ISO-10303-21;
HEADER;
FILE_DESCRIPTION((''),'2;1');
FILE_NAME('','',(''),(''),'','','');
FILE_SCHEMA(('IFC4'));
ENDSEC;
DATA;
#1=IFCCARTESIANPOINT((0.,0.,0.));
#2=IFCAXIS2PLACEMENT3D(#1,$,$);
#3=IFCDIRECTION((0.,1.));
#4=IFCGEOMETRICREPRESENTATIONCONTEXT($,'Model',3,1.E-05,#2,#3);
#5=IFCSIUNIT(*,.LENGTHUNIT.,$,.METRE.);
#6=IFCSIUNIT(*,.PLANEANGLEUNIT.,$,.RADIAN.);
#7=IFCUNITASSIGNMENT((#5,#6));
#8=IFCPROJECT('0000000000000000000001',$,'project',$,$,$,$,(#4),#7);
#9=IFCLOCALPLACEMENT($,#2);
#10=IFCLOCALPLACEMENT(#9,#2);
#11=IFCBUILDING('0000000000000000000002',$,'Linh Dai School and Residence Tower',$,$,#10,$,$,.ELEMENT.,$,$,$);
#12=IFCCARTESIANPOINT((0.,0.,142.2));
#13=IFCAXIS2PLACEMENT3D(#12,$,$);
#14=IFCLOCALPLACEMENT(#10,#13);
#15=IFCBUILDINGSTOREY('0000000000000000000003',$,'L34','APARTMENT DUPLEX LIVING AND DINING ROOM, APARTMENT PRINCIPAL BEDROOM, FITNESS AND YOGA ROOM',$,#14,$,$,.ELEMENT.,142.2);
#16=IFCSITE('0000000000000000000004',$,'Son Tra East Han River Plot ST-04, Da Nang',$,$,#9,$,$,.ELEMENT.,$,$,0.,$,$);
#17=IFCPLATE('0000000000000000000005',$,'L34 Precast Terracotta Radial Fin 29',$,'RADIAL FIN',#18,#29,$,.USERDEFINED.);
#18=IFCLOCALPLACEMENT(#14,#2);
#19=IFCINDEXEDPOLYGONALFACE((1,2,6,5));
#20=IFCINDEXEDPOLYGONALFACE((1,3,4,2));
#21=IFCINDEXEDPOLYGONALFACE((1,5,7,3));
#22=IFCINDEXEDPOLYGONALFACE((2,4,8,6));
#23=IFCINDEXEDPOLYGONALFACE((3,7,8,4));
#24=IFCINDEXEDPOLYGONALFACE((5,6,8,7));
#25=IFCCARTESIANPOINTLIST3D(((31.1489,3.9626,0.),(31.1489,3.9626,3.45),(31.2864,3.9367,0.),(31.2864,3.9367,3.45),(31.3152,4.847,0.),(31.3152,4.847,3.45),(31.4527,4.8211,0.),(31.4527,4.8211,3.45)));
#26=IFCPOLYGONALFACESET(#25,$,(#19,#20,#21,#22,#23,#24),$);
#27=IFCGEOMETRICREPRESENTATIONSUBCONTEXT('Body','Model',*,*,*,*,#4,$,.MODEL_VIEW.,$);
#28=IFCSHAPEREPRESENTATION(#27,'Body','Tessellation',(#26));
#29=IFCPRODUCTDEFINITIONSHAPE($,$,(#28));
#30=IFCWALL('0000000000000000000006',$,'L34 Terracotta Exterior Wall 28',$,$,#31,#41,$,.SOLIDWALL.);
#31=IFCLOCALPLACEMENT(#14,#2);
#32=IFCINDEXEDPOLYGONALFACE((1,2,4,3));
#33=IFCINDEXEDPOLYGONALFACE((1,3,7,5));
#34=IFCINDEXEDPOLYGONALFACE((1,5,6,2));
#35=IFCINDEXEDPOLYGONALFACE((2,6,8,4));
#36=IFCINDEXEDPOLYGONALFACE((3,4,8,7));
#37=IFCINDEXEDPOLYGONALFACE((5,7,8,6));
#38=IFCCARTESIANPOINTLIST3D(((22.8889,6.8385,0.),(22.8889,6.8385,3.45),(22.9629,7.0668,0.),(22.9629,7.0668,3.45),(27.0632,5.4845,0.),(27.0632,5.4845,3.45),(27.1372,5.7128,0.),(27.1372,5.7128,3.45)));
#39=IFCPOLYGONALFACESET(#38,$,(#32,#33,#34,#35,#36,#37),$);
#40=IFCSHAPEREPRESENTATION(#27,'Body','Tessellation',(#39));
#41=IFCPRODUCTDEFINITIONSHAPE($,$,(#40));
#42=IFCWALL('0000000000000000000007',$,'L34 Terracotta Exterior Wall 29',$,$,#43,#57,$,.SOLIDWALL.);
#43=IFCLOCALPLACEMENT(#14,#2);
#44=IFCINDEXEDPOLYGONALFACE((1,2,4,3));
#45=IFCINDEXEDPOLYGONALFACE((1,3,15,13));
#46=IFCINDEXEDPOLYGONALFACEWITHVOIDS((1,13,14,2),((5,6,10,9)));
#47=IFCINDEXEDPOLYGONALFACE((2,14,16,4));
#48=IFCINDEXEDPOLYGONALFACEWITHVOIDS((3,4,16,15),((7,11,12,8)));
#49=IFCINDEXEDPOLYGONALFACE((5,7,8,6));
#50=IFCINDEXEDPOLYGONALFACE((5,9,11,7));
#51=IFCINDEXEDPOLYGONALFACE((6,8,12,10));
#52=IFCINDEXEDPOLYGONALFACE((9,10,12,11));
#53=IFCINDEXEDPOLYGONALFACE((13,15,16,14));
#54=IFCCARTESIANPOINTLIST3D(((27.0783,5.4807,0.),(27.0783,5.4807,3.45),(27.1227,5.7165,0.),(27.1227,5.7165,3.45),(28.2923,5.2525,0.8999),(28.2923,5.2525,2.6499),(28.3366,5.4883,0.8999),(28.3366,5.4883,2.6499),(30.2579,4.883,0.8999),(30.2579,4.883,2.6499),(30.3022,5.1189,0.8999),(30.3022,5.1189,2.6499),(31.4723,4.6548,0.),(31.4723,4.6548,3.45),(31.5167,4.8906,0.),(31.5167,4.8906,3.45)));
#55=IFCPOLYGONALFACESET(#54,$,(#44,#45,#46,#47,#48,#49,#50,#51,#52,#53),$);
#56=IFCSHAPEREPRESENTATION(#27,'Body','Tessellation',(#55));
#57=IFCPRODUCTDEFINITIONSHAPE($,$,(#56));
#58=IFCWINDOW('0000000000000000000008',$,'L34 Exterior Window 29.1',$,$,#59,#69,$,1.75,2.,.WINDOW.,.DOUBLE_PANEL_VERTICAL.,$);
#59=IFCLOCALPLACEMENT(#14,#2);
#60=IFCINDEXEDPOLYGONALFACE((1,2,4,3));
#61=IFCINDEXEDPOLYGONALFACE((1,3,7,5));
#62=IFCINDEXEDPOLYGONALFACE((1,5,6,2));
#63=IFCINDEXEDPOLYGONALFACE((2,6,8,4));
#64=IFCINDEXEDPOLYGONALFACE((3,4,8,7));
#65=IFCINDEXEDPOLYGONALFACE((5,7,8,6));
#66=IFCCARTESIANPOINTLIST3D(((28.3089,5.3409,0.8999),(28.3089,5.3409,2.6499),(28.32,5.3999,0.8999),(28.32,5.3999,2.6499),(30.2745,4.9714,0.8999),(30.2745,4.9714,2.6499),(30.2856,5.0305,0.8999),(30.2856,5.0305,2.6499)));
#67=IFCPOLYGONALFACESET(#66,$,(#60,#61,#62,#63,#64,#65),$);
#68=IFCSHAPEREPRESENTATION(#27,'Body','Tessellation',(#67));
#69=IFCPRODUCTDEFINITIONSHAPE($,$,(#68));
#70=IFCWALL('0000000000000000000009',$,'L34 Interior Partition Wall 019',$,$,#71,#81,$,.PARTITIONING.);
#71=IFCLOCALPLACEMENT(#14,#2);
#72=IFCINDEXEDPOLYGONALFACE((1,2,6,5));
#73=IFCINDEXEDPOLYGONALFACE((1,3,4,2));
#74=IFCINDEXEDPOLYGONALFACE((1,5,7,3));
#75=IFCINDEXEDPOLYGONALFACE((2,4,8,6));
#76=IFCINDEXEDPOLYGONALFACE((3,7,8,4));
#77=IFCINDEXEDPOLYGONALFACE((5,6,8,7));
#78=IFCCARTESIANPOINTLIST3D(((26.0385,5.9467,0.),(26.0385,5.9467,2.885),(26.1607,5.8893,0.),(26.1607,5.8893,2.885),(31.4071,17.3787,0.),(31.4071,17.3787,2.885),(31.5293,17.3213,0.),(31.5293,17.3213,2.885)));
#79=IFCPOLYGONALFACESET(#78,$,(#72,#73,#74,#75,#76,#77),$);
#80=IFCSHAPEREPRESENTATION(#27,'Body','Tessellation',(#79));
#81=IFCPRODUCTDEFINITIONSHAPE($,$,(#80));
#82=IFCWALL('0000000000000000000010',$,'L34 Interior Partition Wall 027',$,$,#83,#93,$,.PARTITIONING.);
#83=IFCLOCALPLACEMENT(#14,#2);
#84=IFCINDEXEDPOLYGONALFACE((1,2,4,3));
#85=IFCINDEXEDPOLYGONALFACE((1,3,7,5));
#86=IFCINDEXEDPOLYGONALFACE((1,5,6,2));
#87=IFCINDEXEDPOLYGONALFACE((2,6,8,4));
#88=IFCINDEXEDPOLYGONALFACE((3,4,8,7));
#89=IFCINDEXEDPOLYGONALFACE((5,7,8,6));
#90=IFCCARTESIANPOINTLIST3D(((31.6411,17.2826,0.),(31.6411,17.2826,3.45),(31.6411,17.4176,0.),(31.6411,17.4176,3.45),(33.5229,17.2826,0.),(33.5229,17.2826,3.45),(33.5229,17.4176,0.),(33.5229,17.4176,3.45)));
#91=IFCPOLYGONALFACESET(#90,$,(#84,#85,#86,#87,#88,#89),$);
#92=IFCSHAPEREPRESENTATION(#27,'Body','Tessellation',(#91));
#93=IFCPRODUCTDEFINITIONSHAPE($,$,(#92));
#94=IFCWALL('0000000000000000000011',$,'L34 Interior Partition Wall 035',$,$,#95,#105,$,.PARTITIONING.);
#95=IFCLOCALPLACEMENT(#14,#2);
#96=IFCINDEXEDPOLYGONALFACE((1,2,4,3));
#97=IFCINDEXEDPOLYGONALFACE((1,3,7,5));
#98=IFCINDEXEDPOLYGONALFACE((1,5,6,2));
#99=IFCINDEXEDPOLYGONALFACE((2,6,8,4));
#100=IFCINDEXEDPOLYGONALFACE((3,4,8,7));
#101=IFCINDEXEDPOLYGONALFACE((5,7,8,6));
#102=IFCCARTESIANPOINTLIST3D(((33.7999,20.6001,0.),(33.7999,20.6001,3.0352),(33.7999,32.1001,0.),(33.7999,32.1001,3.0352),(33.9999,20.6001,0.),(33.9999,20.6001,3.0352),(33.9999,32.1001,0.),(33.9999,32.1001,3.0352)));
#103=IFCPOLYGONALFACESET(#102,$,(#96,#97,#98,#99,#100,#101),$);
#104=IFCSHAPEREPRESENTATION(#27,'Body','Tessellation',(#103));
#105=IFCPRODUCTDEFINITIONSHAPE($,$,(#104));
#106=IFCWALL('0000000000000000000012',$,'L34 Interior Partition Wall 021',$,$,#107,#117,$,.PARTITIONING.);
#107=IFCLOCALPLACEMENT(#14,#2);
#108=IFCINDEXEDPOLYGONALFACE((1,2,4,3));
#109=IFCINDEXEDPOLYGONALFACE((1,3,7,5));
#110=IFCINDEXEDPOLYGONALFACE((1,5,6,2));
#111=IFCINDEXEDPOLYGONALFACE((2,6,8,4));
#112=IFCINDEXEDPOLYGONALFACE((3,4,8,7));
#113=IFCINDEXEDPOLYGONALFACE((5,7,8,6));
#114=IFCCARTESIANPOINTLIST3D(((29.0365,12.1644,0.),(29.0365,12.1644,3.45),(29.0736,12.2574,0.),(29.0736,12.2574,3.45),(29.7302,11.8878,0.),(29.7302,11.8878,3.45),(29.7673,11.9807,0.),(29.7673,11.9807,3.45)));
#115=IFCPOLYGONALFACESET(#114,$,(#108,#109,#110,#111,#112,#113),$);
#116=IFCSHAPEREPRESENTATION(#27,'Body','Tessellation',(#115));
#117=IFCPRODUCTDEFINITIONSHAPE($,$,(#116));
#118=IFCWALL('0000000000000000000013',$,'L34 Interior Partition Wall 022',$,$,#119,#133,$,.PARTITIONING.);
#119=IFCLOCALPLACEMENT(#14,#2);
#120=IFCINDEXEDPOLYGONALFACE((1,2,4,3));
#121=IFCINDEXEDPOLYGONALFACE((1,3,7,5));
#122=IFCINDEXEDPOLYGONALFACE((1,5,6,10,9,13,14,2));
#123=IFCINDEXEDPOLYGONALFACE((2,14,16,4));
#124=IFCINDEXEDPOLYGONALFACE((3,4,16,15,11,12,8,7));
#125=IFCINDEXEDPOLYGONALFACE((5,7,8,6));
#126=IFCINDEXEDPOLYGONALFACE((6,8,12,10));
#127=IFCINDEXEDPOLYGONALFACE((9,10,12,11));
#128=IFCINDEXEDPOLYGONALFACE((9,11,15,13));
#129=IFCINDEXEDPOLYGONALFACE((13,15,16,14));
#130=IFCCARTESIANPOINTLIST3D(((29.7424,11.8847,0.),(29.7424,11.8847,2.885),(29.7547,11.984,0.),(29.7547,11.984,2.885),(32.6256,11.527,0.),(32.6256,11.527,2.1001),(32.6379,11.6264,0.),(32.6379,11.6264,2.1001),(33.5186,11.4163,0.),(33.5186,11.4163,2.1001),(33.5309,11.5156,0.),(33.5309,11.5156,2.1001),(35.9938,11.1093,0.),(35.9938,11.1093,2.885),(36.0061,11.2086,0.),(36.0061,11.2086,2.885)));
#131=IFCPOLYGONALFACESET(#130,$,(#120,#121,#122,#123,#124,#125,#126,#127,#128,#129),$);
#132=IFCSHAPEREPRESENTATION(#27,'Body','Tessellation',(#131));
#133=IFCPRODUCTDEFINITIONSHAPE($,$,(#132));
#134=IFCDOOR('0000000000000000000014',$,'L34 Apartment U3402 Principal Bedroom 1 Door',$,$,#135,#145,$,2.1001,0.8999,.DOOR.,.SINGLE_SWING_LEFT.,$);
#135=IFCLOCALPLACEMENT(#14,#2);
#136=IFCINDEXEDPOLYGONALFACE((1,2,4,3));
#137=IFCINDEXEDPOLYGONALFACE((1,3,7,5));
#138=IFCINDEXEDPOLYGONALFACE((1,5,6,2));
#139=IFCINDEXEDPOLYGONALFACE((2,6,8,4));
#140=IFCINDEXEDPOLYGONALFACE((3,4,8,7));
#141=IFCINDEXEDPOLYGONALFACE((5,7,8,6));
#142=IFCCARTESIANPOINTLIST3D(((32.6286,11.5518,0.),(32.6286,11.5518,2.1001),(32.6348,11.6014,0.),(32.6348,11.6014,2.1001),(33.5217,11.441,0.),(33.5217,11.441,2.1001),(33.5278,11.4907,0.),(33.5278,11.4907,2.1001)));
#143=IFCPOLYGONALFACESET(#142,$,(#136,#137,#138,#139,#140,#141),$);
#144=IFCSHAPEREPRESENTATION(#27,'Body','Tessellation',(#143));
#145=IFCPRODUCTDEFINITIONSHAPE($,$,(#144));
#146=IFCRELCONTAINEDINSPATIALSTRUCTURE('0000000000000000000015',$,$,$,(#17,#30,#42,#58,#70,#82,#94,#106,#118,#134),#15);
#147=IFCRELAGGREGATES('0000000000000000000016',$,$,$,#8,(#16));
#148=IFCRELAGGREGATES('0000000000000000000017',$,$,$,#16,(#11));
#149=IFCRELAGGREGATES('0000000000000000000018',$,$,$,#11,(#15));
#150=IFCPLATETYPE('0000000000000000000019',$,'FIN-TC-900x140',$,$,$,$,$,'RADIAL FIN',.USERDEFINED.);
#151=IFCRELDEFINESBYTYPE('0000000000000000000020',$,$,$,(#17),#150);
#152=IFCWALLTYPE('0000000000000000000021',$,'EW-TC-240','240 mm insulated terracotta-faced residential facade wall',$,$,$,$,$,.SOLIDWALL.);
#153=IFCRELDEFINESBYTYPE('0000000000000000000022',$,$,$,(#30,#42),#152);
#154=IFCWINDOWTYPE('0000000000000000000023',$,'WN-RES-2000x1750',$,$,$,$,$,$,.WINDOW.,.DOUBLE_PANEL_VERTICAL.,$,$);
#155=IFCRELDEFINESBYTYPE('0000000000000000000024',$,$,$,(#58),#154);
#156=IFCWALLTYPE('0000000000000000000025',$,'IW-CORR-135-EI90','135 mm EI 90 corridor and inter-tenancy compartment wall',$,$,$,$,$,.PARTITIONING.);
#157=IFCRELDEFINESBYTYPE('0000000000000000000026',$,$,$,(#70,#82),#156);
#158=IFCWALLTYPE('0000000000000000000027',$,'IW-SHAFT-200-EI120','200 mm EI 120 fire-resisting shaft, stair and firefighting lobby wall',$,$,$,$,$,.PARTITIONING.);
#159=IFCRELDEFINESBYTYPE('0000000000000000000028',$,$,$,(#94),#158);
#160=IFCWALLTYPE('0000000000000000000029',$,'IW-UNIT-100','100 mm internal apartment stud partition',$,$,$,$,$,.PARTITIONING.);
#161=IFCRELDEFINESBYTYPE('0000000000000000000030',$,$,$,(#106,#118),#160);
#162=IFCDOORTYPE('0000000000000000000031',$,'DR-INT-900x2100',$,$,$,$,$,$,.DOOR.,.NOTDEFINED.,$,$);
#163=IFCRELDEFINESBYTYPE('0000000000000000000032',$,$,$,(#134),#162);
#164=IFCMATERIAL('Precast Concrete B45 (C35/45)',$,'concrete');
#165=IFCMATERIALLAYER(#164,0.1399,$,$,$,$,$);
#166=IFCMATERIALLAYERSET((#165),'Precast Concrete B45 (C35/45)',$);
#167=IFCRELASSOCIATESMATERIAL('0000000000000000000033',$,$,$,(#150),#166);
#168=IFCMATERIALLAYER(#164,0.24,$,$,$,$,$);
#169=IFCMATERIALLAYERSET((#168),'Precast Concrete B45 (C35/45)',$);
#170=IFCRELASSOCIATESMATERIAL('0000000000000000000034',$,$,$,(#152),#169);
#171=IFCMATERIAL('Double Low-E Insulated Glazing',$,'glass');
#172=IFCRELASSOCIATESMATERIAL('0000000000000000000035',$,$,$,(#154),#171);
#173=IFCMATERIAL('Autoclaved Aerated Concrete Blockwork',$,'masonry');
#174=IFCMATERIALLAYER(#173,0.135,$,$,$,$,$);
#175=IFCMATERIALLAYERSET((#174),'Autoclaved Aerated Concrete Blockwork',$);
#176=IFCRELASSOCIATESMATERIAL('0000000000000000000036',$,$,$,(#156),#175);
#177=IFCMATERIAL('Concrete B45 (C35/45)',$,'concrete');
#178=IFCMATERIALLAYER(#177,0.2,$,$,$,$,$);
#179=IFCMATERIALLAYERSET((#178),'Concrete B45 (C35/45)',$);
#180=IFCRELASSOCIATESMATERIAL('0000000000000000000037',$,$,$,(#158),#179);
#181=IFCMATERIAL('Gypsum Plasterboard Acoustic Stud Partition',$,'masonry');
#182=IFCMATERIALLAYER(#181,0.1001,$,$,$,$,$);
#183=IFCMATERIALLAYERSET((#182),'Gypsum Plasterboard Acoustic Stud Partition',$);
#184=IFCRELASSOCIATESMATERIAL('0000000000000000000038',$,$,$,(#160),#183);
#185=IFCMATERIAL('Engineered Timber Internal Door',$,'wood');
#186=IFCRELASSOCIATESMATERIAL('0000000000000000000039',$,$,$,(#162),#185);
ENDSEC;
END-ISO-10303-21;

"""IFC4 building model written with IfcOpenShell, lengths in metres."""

from ifc_helpers import new_model, si_unit, direction, frame, frame_2d, origin, origin_2d, place, context, subcontext, project, spatial, rectangle, extrude, source, transform, mapped, material, layer, layer_set, type_object, element, fill, save


model = new_model("IFC4")

# Units and contexts
model_context = context("Model", 3, precision=1e-05, world=origin(), true_north=direction((0.0, 1.0)))
body_context = subcontext(model_context, "Body", "Model", "MODEL_VIEW")
ifc_project = project(units=[si_unit("LENGTHUNIT", "METRE"), si_unit("PLANEANGLEUNIT", "RADIAN")], contexts=[model_context])

# Site, building, storey
site_placement = place(None, origin())
site = spatial("IfcSite", under=ifc_project, at=site_placement, Name="Son Tra East Han River Plot ST-04, Da Nang", CompositionType="ELEMENT", RefElevation=0.0)
building_placement = place(site_placement, origin())
building = spatial("IfcBuilding", under=site, at=building_placement, Name="Linh Dai School and Residence Tower", CompositionType="ELEMENT")
storey_placement = place(building_placement, frame((0.0, 0.0, 142.2)))
storey = spatial("IfcBuildingStorey", under=building, at=storey_placement, Name="L34", Description="APARTMENT DUPLEX LIVING AND DINING ROOM, APARTMENT PRINCIPAL BEDROOM, FITNESS AND YOGA ROOM", CompositionType="ELEMENT", Elevation=142.2)

# Plate
ifc_material_1 = material(Name="Precast Concrete B45 (C35/45)", Category="concrete")
ifc_layer_1 = layer(ifc_material_1, 0.1399)
ifc_layer_set_1 = layer_set([ifc_layer_1], Name="Precast Concrete B45 (C35/45)")
plate_type = type_object("IfcPlateType", Name="FIN-TC-900x140", ElementType="RADIAL FIN", PredefinedType="USERDEFINED", material=ifc_layer_set_1)
shared_shape_1 = source(origin(), body_context, "Body", "SweptSolid", [
    extrude(rectangle(XDim=0.8999, YDim=0.1399, at=origin_2d()), origin(), (0.0, 0.0, 1.0), 3.45),
])
plate_placement = place(storey_placement, frame((31.3008, 4.3918, 0.0), z_axis=(0.0, 0.0, 1.0), x_axis=(-0.184755, -0.982785, 0.0)))
element("IfcPlate", 1, at=plate_placement, inside=storey, type_object=plate_type, Name="L34 Precast Terracotta Radial Fin 29", ObjectType="RADIAL FIN", PredefinedType="USERDEFINED", context=body_context, shape_type="MappedRepresentation", body=[
    mapped(shared_shape_1, transform((0.0, 0.0, 0.0), x_axis=(1.0, 0.0, 0.0), y_axis=(0.0, 1.0, 0.0), z_axis=(0.0, 0.0, 1.0), scale=1.0)),
])

# Wall
ifc_layer_2 = layer(ifc_material_1, 0.24)
ifc_layer_set_2 = layer_set([ifc_layer_2], Name="Precast Concrete B45 (C35/45)")
wall_type_1 = type_object("IfcWallType", Name="EW-TC-240", Description="240 mm insulated terracotta-faced residential facade wall", PredefinedType="SOLIDWALL", material=ifc_layer_set_2)
wall_1_placement = place(storey_placement, frame((27.1003, 5.5986, 0.0), z_axis=(0.0, 0.0, 1.0), x_axis=(-0.951211, 0.30854, 0.0)))
element("IfcWall", 2, at=wall_1_placement, inside=storey, type_object=wall_type_1, Name="L34 Terracotta Exterior Wall 28", PredefinedType="SOLIDWALL", context=body_context, shape_type="SweptSolid", body=[
    extrude(rectangle(XDim=4.3884, YDim=0.24, at=frame_2d((2.1943, 0.0))), origin(), (0.0, 0.0, 1.0), 3.45),
])

# Wall, opening, window
wall_2_placement = place(storey_placement, frame((31.4944, 4.7727, 0.0), z_axis=(0.0, 0.0, 1.0), x_axis=(-0.982789, 0.18473, 0.0)))
wall_2 = element("IfcWall", 3, at=wall_2_placement, inside=storey, type_object=wall_type_1, Name="L34 Terracotta Exterior Wall 29", PredefinedType="SOLIDWALL", context=body_context, shape_type="SweptSolid", body=[
    extrude(rectangle(XDim=4.4709, YDim=0.24, at=frame_2d((2.2354, 0.0))), origin(), (0.0, 0.0, 1.0), 3.45),
])
opening_1_placement = place(wall_2_placement, frame((1.2356, 0.0, 0.8999)))
opening_1 = element("IfcOpeningElement", 4, at=opening_1_placement, cuts=wall_2, PredefinedType="OPENING", context=body_context, shape_type="SweptSolid", body=[
    extrude(rectangle(XDim=2.0, YDim=1.75, at=origin_2d()), frame((1.0, 0.1299, 0.875), z_axis=(0.0, -1.0, 0.0), x_axis=(1.0, 0.0, 0.0)), (0.0, 0.0, 1.0), 0.26),
])
ifc_material_2 = material(Name="Double Low-E Insulated Glazing", Category="glass")
window_type = type_object("IfcWindowType", Name="WN-RES-2000x1750", PartitioningType="DOUBLE_PANEL_VERTICAL", PredefinedType="WINDOW", material=ifc_material_2)
shared_shape_2 = source(origin(), body_context, "Body", "SweptSolid", [
    extrude(rectangle(XDim=2.0, YDim=1.75, at=origin_2d()), frame((1.0, 0.03, 0.875), z_axis=(0.0, -1.0, 0.0), x_axis=(1.0, 0.0, 0.0)), (0.0, 0.0, 1.0), 0.0601),
])
window_placement = place(opening_1_placement, origin())
window = element("IfcWindow", 5, at=window_placement, inside=storey, type_object=window_type, Name="L34 Exterior Window 29.1", OverallHeight=1.75, OverallWidth=2.0, PartitioningType="DOUBLE_PANEL_VERTICAL", PredefinedType="WINDOW", context=body_context, shape_type="MappedRepresentation", body=[
    mapped(shared_shape_2, transform((0.0, 0.0, 0.0), x_axis=(1.0, 0.0, 0.0), y_axis=(0.0, 1.0, 0.0), z_axis=(0.0, 0.0, 1.0), scale=1.0)),
])
fill(opening_1, window)

# Walls
ifc_material_3 = material(Name="Autoclaved Aerated Concrete Blockwork", Category="masonry")
ifc_layer_3 = layer(ifc_material_3, 0.135)
ifc_layer_set_3 = layer_set([ifc_layer_3], Name="Autoclaved Aerated Concrete Blockwork")
wall_type_2 = type_object("IfcWallType", Name="IW-CORR-135-EI90", Description="135 mm EI 90 corridor and inter-tenancy compartment wall", PredefinedType="PARTITIONING", material=ifc_layer_set_3)
wall_3_placement = place(storey_placement, frame((26.0996, 5.918, 0.0), z_axis=(0.0, 0.0, 1.0), x_axis=(0.425073, 0.905159, 0.0)))
element("IfcWall", 6, at=wall_3_placement, inside=storey, type_object=wall_type_2, Name="L34 Interior Partition Wall 019", PredefinedType="PARTITIONING", context=body_context, shape_type="SweptSolid", body=[
    extrude(rectangle(XDim=12.6299, YDim=0.135, at=frame_2d((6.3149, 0.0))), origin(), (0.0, 0.0, 1.0), 2.885),
])
wall_4_placement = place(storey_placement, frame((31.6411, 17.3501, 0.0), z_axis=(0.0, 0.0, 1.0), x_axis=(1.0, 0.0, 0.0)))
element("IfcWall", 7, at=wall_4_placement, inside=storey, type_object=wall_type_2, Name="L34 Interior Partition Wall 027", PredefinedType="PARTITIONING", context=body_context, shape_type="SweptSolid", body=[
    extrude(rectangle(XDim=1.8818, YDim=0.135, at=frame_2d((0.9409, 0.0))), origin(), (0.0, 0.0, 1.0), 3.45),
])
ifc_material_4 = material(Name="Concrete B45 (C35/45)", Category="concrete")
ifc_layer_4 = layer(ifc_material_4, 0.2)
ifc_layer_set_4 = layer_set([ifc_layer_4], Name="Concrete B45 (C35/45)")
wall_type_3 = type_object("IfcWallType", Name="IW-SHAFT-200-EI120", Description="200 mm EI 120 fire-resisting shaft, stair and firefighting lobby wall", PredefinedType="PARTITIONING", material=ifc_layer_set_4)
wall_5_placement = place(storey_placement, frame((33.8999, 20.6001, 0.0), z_axis=(0.0, 0.0, 1.0), x_axis=(0.0, 1.0, 0.0)))
element("IfcWall", 8, at=wall_5_placement, inside=storey, type_object=wall_type_3, Name="L34 Interior Partition Wall 035", PredefinedType="PARTITIONING", context=body_context, shape_type="SweptSolid", body=[
    extrude(rectangle(XDim=11.5, YDim=0.2, at=frame_2d((5.75, 0.0))), origin(), (0.0, 0.0, 1.0), 3.0352),
])
ifc_material_5 = material(Name="Gypsum Plasterboard Acoustic Stud Partition", Category="masonry")
ifc_layer_5 = layer(ifc_material_5, 0.1001)
ifc_layer_set_5 = layer_set([ifc_layer_5], Name="Gypsum Plasterboard Acoustic Stud Partition")
wall_type_4 = type_object("IfcWallType", Name="IW-UNIT-100", Description="100 mm internal apartment stud partition", PredefinedType="PARTITIONING", material=ifc_layer_set_5)
wall_6_placement = place(storey_placement, frame((29.0549, 12.2109, 0.0), z_axis=(0.0, 0.0, 1.0), x_axis=(0.92886, -0.370432, 0.0)))
element("IfcWall", 9, at=wall_6_placement, inside=storey, type_object=wall_type_4, Name="L34 Interior Partition Wall 021", PredefinedType="PARTITIONING", context=body_context, shape_type="SweptSolid", body=[
    extrude(rectangle(XDim=0.7468, YDim=0.1001, at=frame_2d((0.3735, 0.0))), origin(), (0.0, 0.0, 1.0), 3.45),
])

# Wall, opening, door
wall_7_placement = place(storey_placement, frame((29.7485, 11.9343, 0.0), z_axis=(0.0, 0.0, 1.0), x_axis=(0.992395, -0.12309, 0.0)))
wall_7 = element("IfcWall", 10, at=wall_7_placement, inside=storey, type_object=wall_type_4, Name="L34 Interior Partition Wall 022", PredefinedType="PARTITIONING", context=body_context, shape_type="SweptSolid", body=[
    extrude(rectangle(XDim=6.2993, YDim=0.1001, at=frame_2d((3.1497, 0.0))), origin(), (0.0, 0.0, 1.0), 2.885),
])
opening_2_placement = place(wall_7_placement, frame((2.9053, 0.0, 0.0)))
opening_2 = element("IfcOpeningElement", 11, at=opening_2_placement, cuts=wall_7, PredefinedType="OPENING", context=body_context, shape_type="SweptSolid", body=[
    extrude(rectangle(XDim=0.8999, YDim=2.1001, at=origin_2d()), frame((0.45, 0.0601, 1.05), z_axis=(0.0, -1.0, 0.0), x_axis=(1.0, 0.0, 0.0)), (0.0, 0.0, 1.0), 0.1201),
])
ifc_material_6 = material(Name="Engineered Timber Internal Door", Category="wood")
door_type_1 = type_object("IfcDoorType", Name="DR-INT-900x2100", OperationType="NOTDEFINED", PredefinedType="DOOR", material=ifc_material_6)
shared_shape_3 = source(origin(), body_context, "Body", "SweptSolid", [
    extrude(rectangle(XDim=0.8999, YDim=2.1001, at=origin_2d()), frame((0.45, 0.0249, 1.05), z_axis=(0.0, -1.0, 0.0), x_axis=(1.0, 0.0, 0.0)), (0.0, 0.0, 1.0), 0.05),
])
door_1_placement = place(opening_2_placement, origin())
door_1 = element("IfcDoor", 12, at=door_1_placement, inside=storey, type_object=door_type_1, Name="L34 Apartment U3402 Principal Bedroom 1 Door", OperationType="SINGLE_SWING_LEFT", OverallHeight=2.1001, OverallWidth=0.8999, PredefinedType="DOOR", context=body_context, shape_type="MappedRepresentation", body=[
    mapped(shared_shape_3, transform((0.0, 0.0, 0.0), x_axis=(1.0, 0.0, 0.0), y_axis=(0.0, 1.0, 0.0), z_axis=(0.0, 0.0, 1.0), scale=1.0)),
])
fill(opening_2, door_1)

save(model, "model.ifc")
